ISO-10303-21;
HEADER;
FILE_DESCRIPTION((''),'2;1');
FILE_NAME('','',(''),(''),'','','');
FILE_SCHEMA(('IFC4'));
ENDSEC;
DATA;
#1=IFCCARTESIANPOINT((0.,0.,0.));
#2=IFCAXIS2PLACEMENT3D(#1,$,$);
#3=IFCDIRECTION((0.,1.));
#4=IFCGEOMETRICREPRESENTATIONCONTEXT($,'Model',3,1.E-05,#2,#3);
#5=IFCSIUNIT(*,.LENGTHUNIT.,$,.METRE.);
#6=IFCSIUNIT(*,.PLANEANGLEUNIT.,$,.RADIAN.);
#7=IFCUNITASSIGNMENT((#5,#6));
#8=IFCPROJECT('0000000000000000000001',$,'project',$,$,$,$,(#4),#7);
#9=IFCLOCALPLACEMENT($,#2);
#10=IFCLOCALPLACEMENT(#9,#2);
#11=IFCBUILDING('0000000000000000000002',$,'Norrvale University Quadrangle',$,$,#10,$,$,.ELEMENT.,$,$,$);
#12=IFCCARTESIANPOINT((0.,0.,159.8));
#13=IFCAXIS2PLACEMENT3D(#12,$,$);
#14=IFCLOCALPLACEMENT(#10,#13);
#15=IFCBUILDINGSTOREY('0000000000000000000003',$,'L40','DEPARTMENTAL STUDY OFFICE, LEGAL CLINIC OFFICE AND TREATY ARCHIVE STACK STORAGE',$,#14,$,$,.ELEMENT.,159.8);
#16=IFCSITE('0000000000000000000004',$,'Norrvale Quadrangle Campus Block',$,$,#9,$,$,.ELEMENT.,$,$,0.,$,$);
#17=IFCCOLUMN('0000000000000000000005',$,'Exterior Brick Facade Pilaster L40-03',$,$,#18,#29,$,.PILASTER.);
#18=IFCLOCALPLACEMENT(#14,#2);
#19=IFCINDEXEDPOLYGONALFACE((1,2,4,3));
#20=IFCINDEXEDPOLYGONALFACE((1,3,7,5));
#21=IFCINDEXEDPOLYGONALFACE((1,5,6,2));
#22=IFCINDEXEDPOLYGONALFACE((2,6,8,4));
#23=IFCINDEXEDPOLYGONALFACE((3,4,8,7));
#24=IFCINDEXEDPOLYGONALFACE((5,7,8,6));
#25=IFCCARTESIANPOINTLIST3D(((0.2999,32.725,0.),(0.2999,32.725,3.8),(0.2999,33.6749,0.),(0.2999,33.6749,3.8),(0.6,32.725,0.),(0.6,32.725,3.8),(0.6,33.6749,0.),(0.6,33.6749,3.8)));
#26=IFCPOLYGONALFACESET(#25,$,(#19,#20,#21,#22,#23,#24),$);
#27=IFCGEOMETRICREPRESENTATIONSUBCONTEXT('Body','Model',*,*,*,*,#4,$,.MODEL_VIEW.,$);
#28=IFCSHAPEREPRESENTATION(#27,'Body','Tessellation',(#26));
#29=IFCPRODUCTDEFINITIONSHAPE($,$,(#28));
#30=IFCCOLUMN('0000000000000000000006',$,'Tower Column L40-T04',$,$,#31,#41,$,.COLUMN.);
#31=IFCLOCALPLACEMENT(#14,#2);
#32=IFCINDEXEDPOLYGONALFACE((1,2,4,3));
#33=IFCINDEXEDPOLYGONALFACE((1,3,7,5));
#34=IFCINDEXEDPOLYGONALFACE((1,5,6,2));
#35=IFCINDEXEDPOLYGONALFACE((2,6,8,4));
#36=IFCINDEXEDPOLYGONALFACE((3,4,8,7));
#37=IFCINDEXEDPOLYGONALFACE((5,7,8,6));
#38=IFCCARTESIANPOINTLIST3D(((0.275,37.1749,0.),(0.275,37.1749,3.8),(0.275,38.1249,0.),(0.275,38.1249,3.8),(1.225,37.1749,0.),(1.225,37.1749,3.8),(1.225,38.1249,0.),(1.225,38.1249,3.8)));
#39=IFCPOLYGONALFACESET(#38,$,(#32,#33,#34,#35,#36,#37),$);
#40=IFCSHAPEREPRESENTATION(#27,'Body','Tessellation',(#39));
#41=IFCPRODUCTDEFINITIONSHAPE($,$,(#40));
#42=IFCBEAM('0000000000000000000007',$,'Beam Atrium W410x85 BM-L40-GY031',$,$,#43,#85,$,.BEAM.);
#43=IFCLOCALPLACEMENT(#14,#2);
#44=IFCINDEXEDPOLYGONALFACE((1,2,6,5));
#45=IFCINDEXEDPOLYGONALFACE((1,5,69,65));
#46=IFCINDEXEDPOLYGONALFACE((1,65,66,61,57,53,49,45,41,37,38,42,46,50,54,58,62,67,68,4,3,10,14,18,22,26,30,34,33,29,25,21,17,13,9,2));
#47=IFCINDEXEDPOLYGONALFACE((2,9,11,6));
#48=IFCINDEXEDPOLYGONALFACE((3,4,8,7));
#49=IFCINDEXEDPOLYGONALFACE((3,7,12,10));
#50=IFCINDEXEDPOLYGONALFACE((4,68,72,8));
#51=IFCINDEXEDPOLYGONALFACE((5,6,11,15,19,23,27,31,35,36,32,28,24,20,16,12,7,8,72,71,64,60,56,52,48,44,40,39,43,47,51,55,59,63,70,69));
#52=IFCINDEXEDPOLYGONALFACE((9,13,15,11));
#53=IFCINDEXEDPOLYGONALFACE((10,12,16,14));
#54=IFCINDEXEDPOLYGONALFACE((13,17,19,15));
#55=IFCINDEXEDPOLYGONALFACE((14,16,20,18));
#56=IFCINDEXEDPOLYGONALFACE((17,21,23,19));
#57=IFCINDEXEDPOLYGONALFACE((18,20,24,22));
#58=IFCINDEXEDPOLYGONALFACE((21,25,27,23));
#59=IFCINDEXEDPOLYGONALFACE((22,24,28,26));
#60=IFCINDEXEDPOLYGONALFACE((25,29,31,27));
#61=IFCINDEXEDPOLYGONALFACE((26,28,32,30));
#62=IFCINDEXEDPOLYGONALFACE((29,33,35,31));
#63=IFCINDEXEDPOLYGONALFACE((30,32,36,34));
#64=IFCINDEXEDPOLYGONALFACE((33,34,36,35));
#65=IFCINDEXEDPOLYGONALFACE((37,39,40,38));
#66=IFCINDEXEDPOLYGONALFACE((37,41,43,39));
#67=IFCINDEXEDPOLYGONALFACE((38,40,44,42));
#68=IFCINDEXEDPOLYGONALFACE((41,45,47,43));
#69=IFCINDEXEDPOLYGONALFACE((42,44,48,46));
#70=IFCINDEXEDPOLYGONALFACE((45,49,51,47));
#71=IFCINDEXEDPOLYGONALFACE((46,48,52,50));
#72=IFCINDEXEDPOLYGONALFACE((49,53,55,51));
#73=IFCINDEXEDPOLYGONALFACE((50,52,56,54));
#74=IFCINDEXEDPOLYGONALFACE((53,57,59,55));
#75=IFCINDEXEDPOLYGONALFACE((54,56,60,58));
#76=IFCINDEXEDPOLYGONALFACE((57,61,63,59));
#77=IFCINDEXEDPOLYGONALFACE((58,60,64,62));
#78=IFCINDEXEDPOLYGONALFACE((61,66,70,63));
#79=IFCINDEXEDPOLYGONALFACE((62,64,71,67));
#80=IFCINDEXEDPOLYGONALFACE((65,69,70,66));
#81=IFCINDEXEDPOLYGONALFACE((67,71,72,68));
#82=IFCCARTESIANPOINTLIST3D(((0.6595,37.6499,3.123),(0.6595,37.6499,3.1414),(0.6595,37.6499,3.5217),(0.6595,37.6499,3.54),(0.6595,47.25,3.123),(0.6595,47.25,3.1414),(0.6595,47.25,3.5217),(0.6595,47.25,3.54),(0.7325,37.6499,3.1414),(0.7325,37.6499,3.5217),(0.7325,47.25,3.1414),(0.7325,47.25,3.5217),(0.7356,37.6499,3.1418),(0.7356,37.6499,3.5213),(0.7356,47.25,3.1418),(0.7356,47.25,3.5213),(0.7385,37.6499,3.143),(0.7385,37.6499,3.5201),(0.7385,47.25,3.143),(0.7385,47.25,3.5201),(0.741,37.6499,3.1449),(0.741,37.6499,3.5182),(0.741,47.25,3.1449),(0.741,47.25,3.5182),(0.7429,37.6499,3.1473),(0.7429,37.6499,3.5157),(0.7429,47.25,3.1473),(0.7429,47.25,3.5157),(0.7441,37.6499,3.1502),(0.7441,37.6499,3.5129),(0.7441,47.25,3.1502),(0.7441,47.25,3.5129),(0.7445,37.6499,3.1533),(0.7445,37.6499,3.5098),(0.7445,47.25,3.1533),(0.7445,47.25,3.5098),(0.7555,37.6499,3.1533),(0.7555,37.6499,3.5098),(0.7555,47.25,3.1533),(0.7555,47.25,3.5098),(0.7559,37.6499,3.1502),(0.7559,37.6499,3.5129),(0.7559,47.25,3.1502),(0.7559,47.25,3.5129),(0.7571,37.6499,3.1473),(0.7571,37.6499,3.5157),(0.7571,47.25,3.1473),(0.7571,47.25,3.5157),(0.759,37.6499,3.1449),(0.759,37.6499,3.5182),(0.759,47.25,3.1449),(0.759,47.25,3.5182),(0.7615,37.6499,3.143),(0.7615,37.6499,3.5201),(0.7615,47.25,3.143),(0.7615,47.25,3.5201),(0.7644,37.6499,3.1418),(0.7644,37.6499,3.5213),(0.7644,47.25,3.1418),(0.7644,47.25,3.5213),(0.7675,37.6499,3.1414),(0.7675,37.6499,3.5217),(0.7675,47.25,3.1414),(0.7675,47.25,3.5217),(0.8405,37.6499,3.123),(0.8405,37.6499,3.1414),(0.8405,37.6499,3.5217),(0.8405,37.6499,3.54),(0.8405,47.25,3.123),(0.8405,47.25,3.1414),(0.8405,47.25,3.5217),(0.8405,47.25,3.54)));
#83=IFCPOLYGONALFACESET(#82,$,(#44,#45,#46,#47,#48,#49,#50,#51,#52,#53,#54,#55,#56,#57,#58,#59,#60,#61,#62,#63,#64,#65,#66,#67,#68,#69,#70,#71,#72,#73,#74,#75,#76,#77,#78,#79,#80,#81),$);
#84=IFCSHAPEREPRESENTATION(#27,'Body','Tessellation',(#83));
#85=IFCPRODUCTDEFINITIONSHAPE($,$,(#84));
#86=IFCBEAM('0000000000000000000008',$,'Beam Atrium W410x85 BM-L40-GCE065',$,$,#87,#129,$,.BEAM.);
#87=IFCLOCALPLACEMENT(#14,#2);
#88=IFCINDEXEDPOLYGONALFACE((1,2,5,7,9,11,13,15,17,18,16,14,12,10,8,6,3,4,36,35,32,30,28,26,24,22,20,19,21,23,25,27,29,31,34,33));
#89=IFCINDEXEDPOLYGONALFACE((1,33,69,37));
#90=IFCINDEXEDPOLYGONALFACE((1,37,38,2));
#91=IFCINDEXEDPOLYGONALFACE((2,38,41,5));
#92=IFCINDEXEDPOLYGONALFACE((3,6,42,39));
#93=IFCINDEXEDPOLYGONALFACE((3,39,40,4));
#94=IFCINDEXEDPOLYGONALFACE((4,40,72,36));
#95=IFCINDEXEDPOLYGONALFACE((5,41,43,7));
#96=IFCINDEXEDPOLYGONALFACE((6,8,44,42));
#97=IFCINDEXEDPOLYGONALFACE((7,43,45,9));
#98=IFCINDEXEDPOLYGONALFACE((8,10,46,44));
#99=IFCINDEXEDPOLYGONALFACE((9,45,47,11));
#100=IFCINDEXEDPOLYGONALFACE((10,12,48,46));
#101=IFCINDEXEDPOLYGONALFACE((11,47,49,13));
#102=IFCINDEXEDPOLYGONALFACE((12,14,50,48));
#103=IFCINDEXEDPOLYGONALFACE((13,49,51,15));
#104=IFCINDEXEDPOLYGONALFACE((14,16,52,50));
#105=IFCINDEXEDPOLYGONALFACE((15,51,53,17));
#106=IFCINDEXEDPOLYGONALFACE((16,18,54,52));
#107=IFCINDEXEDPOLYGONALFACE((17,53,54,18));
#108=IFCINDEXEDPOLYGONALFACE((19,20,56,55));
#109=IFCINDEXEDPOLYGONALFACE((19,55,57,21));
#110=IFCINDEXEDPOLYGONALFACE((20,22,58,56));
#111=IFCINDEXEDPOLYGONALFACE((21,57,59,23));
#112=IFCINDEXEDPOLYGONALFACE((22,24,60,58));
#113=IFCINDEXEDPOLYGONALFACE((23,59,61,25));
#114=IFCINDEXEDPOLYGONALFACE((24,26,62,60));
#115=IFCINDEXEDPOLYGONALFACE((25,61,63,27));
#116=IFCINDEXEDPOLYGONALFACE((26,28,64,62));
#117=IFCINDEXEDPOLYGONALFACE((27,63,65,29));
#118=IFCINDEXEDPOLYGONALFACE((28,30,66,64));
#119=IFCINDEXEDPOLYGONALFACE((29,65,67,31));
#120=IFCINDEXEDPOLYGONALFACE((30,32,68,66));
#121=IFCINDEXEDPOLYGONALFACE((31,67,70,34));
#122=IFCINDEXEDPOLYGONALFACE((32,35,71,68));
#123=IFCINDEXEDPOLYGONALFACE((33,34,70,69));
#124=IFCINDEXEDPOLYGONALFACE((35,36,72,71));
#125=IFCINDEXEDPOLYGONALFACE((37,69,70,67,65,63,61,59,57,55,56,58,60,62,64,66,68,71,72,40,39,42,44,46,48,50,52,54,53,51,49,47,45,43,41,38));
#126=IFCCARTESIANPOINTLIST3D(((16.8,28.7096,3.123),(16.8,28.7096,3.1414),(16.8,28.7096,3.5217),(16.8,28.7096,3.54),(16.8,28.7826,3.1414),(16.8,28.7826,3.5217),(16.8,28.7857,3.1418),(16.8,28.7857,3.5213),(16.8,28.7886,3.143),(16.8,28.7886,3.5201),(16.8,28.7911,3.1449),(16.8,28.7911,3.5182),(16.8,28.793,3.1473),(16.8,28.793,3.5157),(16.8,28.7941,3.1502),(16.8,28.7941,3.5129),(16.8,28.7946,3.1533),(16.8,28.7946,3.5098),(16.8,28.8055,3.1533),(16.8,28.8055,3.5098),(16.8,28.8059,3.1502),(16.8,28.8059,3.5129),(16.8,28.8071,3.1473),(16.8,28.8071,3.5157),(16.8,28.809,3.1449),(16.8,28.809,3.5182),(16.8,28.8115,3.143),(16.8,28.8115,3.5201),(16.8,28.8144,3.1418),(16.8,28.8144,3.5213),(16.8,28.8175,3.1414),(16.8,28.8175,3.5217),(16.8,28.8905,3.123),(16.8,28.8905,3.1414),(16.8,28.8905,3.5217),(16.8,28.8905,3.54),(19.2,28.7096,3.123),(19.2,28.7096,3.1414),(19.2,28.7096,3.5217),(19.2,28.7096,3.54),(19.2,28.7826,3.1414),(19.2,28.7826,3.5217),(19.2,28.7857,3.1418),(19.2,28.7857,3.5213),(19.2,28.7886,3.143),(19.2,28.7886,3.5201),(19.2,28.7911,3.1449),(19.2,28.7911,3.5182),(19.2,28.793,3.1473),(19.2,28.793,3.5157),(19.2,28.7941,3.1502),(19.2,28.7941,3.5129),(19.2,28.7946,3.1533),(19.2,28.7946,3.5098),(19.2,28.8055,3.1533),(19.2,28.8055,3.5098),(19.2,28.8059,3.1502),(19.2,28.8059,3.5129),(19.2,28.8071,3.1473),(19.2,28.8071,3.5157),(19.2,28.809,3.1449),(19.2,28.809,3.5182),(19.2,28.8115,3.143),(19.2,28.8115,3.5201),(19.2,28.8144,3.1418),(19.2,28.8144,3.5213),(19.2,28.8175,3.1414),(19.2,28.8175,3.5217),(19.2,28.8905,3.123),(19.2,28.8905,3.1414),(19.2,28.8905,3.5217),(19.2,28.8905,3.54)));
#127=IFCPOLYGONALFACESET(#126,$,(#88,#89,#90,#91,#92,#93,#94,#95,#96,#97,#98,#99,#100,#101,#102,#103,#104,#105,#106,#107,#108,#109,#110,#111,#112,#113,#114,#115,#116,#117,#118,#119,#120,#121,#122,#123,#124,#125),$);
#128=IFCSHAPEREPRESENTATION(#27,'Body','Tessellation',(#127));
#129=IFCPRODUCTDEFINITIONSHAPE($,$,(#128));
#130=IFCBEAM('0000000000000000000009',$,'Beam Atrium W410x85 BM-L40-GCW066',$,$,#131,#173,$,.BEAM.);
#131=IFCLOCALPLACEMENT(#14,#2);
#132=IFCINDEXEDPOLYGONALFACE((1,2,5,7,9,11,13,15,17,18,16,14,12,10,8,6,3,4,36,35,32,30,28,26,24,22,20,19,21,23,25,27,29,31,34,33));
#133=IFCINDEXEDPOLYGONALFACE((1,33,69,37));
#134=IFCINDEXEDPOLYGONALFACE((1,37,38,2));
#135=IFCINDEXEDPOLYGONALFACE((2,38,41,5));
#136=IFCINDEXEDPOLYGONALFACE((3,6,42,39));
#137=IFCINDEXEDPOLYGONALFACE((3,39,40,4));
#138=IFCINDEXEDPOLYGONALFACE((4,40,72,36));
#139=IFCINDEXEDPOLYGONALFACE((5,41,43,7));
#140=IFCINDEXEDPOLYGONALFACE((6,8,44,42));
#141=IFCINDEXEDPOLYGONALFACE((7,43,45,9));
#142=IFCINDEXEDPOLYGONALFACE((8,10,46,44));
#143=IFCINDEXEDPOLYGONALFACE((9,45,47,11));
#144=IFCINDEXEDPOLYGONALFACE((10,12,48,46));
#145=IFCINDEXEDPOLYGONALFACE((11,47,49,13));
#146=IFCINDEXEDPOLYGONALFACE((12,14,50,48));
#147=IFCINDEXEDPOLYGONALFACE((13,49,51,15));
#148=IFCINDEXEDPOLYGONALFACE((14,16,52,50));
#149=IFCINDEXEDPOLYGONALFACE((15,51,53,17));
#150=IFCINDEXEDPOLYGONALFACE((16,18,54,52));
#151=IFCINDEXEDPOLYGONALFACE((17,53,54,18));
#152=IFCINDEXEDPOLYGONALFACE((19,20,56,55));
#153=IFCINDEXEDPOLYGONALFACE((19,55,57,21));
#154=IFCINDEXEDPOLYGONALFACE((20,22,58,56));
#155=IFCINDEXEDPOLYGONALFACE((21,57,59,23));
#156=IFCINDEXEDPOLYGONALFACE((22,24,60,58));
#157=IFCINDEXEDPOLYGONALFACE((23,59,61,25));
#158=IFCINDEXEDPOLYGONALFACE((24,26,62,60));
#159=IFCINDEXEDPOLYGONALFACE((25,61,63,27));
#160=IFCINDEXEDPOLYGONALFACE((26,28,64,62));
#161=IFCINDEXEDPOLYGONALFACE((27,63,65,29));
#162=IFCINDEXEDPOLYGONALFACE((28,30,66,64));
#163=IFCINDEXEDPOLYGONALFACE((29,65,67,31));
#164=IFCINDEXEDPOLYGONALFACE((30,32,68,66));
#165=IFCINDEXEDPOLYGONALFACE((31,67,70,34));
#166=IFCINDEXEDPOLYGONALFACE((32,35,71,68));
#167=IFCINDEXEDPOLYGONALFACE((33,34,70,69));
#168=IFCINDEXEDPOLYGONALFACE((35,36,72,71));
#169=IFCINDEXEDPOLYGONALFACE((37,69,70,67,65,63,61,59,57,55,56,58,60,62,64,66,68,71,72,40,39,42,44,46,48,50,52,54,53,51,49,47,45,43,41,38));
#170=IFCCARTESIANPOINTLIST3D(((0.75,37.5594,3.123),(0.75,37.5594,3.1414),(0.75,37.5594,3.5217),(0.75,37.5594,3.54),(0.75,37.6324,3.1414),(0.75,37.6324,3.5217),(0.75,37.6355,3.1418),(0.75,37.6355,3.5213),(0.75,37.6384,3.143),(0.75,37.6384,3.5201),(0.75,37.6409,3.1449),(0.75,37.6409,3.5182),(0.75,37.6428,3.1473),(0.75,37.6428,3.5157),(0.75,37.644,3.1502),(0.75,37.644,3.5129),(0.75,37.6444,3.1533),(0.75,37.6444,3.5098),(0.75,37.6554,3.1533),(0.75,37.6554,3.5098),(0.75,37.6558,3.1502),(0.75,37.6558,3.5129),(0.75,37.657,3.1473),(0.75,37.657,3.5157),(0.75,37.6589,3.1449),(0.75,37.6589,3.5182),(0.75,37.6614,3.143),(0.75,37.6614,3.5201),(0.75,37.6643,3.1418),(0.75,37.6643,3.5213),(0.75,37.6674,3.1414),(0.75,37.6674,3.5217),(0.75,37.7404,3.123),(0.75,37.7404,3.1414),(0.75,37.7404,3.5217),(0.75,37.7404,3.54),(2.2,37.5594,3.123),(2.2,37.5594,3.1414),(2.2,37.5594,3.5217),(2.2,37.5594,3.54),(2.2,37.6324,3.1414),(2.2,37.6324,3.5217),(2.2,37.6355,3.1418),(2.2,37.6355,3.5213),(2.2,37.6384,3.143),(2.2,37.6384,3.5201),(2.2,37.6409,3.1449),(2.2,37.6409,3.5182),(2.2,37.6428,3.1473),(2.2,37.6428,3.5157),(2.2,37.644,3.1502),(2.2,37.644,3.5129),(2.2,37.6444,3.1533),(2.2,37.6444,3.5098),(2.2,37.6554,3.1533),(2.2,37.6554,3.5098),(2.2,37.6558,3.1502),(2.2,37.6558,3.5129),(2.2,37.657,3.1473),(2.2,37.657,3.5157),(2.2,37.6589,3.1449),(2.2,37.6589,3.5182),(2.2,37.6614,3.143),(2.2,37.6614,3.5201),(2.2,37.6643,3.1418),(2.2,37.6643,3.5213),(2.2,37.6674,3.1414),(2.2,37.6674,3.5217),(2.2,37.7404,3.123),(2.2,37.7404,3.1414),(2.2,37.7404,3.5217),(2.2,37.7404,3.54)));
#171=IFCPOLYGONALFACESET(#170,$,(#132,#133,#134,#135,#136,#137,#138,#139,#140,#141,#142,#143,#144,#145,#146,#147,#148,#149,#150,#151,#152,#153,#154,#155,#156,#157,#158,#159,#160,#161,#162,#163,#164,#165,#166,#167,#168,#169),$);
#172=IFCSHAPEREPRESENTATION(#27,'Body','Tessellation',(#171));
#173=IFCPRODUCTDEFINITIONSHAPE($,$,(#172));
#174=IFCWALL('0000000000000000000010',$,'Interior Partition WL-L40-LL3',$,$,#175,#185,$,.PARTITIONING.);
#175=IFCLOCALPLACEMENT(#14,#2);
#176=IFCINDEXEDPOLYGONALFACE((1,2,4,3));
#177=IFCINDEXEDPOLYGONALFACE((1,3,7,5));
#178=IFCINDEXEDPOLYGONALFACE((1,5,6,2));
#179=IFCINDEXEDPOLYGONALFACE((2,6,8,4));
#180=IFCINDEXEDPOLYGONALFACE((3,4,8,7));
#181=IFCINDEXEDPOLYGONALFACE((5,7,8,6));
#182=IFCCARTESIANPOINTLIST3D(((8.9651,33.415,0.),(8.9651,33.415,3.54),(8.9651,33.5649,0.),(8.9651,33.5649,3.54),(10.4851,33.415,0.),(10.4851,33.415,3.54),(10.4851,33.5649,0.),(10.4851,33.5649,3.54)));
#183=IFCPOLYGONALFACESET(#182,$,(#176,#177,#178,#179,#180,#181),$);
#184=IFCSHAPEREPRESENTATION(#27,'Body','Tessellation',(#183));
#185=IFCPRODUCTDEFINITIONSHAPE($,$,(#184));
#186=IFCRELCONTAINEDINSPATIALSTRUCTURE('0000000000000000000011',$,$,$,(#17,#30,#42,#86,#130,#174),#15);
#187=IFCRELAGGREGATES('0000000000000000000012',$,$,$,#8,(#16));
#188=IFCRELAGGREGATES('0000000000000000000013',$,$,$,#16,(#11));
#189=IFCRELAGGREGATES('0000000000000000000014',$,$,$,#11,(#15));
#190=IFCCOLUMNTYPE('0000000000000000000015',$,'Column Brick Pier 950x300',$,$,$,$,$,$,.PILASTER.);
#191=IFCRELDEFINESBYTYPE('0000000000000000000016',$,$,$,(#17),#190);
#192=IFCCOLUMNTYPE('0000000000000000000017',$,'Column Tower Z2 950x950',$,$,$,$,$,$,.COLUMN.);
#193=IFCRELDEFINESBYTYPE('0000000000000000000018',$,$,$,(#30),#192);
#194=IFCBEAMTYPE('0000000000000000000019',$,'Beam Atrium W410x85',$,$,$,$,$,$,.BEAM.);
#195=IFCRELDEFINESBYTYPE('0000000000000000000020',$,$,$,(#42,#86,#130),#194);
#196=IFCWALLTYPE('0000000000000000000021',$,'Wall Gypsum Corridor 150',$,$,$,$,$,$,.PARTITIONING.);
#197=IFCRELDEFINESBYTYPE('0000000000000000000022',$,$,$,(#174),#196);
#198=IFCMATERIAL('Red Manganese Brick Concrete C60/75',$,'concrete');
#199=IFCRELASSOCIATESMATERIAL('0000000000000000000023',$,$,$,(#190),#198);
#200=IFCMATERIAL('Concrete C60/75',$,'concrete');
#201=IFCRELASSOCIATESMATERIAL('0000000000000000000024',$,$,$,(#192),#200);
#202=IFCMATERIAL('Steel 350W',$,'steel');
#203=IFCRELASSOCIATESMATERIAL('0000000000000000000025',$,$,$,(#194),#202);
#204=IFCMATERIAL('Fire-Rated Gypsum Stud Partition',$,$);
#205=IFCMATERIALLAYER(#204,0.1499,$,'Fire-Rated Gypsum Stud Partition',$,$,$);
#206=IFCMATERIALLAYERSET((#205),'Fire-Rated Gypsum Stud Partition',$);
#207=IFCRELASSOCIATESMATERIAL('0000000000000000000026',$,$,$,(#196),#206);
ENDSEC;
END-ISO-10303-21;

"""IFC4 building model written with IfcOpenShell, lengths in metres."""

from ifc_helpers import new_model, si_unit, direction, frame, frame_2d, origin, origin_2d, place, context, subcontext, project, spatial, rectangle, i_section, extrude, material, layer, layer_set, material_profile, profile_set, type_object, element, save


model = new_model("IFC4")

# Units and contexts
model_context = context("Model", 3, precision=1e-05, world=origin(), true_north=direction((0.0, 1.0)))
body_context = subcontext(model_context, "Body", "Model", "MODEL_VIEW")
ifc_project = project(units=[si_unit("LENGTHUNIT", "METRE"), si_unit("PLANEANGLEUNIT", "RADIAN")], contexts=[model_context])

# Site, building, storey
site_placement = place(None, origin())
site = spatial("IfcSite", under=ifc_project, at=site_placement, Name="Norrvale Quadrangle Campus Block", CompositionType="ELEMENT", RefElevation=0.0)
building_placement = place(site_placement, origin())
building = spatial("IfcBuilding", under=site, at=building_placement, Name="Norrvale University Quadrangle", CompositionType="ELEMENT")
storey_placement = place(building_placement, frame((0.0, 0.0, 159.8)))
storey = spatial("IfcBuildingStorey", under=building, at=storey_placement, Name="L40", Description="DEPARTMENTAL STUDY OFFICE, LEGAL CLINIC OFFICE AND TREATY ARCHIVE STACK STORAGE", CompositionType="ELEMENT", Elevation=159.8)

# Columns
ifc_material_1 = material(Name="Red Manganese Brick Concrete C60/75", Category="concrete")
ifc_material_profile_1 = material_profile(ifc_material_1, rectangle(XDim=0.95, YDim=0.3, at=origin_2d()), Name="Red Manganese Brick Concrete C60/75")
ifc_profile_set_1 = profile_set([ifc_material_profile_1], Name="Red Manganese Brick Concrete C60/75")
column_type_1 = type_object("IfcColumnType", Name="Column Brick Pier 950x300", PredefinedType="PILASTER", material=ifc_profile_set_1)
column_1_placement = place(storey_placement, frame((0.45, 33.2, 0.0), z_axis=(0.0, 0.0, 1.0), x_axis=(0.0, 1.0, 0.0)))
element("IfcColumn", 1, at=column_1_placement, inside=storey, type_object=column_type_1, Name="Exterior Brick Facade Pilaster L40-03", PredefinedType="PILASTER", context=body_context, shape_type="SweptSolid", body=[
    extrude(rectangle(XDim=0.95, YDim=0.3, at=origin_2d()), origin(), (0.0, 0.0, 1.0), 3.8),
])
ifc_material_2 = material(Name="Concrete C60/75", Category="concrete")
ifc_material_profile_2 = material_profile(ifc_material_2, rectangle(XDim=0.95, YDim=0.95, at=origin_2d()), Name="Concrete C60/75")
ifc_profile_set_2 = profile_set([ifc_material_profile_2], Name="Concrete C60/75")
column_type_2 = type_object("IfcColumnType", Name="Column Tower Z2 950x950", PredefinedType="COLUMN", material=ifc_profile_set_2)
column_2_placement = place(storey_placement, frame((0.75, 37.6499, 0.0), z_axis=(0.0, 0.0, 1.0), x_axis=(1.0, 0.0, 0.0)))
element("IfcColumn", 2, at=column_2_placement, inside=storey, type_object=column_type_2, Name="Tower Column L40-T04", PredefinedType="COLUMN", context=body_context, shape_type="SweptSolid", body=[
    extrude(rectangle(XDim=0.95, YDim=0.95, at=origin_2d()), origin(), (0.0, 0.0, 1.0), 3.8),
])

# Beams
ifc_material_3 = material(Name="Steel 350W", Category="steel")
ifc_material_profile_3 = material_profile(ifc_material_3, i_section(OverallWidth=0.1809, OverallDepth=0.417, WebThickness=0.011, FlangeThickness=0.0183, FilletRadius=0.012, at=origin_2d()), Name="Steel 350W")
ifc_profile_set_3 = profile_set([ifc_material_profile_3], Name="Steel 350W")
beam_type = type_object("IfcBeamType", Name="Beam Atrium W410x85", PredefinedType="BEAM", material=ifc_profile_set_3)
beam_1_placement = place(storey_placement, frame((0.75, 37.6499, 3.3315), z_axis=(0.0, 1.0, 0.0), x_axis=(-1.0, 0.0, 0.0)))
element("IfcBeam", 3, at=beam_1_placement, inside=storey, type_object=beam_type, Name="Beam Atrium W410x85 BM-L40-GY031", PredefinedType="BEAM", context=body_context, shape_type="SweptSolid", body=[
    extrude(i_section(OverallWidth=0.1809, OverallDepth=0.417, WebThickness=0.011, FlangeThickness=0.0183, FilletRadius=0.012, at=origin_2d()), origin(), (0.0, 0.0, 1.0), 9.6001),
])
beam_2_placement = place(storey_placement, frame((16.8, 28.8, 3.3315), z_axis=(1.0, 0.0, 0.0), x_axis=(0.0, 1.0, 0.0)))
element("IfcBeam", 4, at=beam_2_placement, inside=storey, type_object=beam_type, Name="Beam Atrium W410x85 BM-L40-GCE065", PredefinedType="BEAM", context=body_context, shape_type="SweptSolid", body=[
    extrude(i_section(OverallWidth=0.1809, OverallDepth=0.417, WebThickness=0.011, FlangeThickness=0.0183, FilletRadius=0.012, at=origin_2d()), origin(), (0.0, 0.0, 1.0), 2.3999),
])
beam_3_placement = place(storey_placement, frame((0.75, 37.6499, 3.3315), z_axis=(1.0, 0.0, 0.0), x_axis=(0.0, 1.0, 0.0)))
element("IfcBeam", 5, at=beam_3_placement, inside=storey, type_object=beam_type, Name="Beam Atrium W410x85 BM-L40-GCW066", PredefinedType="BEAM", context=body_context, shape_type="SweptSolid", body=[
    extrude(i_section(OverallWidth=0.1809, OverallDepth=0.417, WebThickness=0.011, FlangeThickness=0.0183, FilletRadius=0.012, at=origin_2d()), origin(), (0.0, 0.0, 1.0), 1.45),
])

# Wall
ifc_material_4 = material(Name="Fire-Rated Gypsum Stud Partition")
ifc_layer_1 = layer(ifc_material_4, 0.1499, Name="Fire-Rated Gypsum Stud Partition")
ifc_layer_set_1 = layer_set([ifc_layer_1], Name="Fire-Rated Gypsum Stud Partition")
wall_type_1 = type_object("IfcWallType", Name="Wall Gypsum Corridor 150", PredefinedType="PARTITIONING", material=ifc_layer_set_1)
wall_1_placement = place(storey_placement, frame((8.9651, 33.49, 0.0), z_axis=(0.0, 0.0, 1.0), x_axis=(1.0, 0.0, 0.0)))
element("IfcWall", 6, at=wall_1_placement, inside=storey, type_object=wall_type_1, Name="Interior Partition WL-L40-LL3", PredefinedType="PARTITIONING", context=body_context, shape_type="SweptSolid", body=[
    extrude(rectangle(XDim=1.52, YDim=0.1499, at=frame_2d((0.76, 0.0))), origin(), (0.0, 0.0, 1.0), 3.54),
])

save(model, "model.ifc")
